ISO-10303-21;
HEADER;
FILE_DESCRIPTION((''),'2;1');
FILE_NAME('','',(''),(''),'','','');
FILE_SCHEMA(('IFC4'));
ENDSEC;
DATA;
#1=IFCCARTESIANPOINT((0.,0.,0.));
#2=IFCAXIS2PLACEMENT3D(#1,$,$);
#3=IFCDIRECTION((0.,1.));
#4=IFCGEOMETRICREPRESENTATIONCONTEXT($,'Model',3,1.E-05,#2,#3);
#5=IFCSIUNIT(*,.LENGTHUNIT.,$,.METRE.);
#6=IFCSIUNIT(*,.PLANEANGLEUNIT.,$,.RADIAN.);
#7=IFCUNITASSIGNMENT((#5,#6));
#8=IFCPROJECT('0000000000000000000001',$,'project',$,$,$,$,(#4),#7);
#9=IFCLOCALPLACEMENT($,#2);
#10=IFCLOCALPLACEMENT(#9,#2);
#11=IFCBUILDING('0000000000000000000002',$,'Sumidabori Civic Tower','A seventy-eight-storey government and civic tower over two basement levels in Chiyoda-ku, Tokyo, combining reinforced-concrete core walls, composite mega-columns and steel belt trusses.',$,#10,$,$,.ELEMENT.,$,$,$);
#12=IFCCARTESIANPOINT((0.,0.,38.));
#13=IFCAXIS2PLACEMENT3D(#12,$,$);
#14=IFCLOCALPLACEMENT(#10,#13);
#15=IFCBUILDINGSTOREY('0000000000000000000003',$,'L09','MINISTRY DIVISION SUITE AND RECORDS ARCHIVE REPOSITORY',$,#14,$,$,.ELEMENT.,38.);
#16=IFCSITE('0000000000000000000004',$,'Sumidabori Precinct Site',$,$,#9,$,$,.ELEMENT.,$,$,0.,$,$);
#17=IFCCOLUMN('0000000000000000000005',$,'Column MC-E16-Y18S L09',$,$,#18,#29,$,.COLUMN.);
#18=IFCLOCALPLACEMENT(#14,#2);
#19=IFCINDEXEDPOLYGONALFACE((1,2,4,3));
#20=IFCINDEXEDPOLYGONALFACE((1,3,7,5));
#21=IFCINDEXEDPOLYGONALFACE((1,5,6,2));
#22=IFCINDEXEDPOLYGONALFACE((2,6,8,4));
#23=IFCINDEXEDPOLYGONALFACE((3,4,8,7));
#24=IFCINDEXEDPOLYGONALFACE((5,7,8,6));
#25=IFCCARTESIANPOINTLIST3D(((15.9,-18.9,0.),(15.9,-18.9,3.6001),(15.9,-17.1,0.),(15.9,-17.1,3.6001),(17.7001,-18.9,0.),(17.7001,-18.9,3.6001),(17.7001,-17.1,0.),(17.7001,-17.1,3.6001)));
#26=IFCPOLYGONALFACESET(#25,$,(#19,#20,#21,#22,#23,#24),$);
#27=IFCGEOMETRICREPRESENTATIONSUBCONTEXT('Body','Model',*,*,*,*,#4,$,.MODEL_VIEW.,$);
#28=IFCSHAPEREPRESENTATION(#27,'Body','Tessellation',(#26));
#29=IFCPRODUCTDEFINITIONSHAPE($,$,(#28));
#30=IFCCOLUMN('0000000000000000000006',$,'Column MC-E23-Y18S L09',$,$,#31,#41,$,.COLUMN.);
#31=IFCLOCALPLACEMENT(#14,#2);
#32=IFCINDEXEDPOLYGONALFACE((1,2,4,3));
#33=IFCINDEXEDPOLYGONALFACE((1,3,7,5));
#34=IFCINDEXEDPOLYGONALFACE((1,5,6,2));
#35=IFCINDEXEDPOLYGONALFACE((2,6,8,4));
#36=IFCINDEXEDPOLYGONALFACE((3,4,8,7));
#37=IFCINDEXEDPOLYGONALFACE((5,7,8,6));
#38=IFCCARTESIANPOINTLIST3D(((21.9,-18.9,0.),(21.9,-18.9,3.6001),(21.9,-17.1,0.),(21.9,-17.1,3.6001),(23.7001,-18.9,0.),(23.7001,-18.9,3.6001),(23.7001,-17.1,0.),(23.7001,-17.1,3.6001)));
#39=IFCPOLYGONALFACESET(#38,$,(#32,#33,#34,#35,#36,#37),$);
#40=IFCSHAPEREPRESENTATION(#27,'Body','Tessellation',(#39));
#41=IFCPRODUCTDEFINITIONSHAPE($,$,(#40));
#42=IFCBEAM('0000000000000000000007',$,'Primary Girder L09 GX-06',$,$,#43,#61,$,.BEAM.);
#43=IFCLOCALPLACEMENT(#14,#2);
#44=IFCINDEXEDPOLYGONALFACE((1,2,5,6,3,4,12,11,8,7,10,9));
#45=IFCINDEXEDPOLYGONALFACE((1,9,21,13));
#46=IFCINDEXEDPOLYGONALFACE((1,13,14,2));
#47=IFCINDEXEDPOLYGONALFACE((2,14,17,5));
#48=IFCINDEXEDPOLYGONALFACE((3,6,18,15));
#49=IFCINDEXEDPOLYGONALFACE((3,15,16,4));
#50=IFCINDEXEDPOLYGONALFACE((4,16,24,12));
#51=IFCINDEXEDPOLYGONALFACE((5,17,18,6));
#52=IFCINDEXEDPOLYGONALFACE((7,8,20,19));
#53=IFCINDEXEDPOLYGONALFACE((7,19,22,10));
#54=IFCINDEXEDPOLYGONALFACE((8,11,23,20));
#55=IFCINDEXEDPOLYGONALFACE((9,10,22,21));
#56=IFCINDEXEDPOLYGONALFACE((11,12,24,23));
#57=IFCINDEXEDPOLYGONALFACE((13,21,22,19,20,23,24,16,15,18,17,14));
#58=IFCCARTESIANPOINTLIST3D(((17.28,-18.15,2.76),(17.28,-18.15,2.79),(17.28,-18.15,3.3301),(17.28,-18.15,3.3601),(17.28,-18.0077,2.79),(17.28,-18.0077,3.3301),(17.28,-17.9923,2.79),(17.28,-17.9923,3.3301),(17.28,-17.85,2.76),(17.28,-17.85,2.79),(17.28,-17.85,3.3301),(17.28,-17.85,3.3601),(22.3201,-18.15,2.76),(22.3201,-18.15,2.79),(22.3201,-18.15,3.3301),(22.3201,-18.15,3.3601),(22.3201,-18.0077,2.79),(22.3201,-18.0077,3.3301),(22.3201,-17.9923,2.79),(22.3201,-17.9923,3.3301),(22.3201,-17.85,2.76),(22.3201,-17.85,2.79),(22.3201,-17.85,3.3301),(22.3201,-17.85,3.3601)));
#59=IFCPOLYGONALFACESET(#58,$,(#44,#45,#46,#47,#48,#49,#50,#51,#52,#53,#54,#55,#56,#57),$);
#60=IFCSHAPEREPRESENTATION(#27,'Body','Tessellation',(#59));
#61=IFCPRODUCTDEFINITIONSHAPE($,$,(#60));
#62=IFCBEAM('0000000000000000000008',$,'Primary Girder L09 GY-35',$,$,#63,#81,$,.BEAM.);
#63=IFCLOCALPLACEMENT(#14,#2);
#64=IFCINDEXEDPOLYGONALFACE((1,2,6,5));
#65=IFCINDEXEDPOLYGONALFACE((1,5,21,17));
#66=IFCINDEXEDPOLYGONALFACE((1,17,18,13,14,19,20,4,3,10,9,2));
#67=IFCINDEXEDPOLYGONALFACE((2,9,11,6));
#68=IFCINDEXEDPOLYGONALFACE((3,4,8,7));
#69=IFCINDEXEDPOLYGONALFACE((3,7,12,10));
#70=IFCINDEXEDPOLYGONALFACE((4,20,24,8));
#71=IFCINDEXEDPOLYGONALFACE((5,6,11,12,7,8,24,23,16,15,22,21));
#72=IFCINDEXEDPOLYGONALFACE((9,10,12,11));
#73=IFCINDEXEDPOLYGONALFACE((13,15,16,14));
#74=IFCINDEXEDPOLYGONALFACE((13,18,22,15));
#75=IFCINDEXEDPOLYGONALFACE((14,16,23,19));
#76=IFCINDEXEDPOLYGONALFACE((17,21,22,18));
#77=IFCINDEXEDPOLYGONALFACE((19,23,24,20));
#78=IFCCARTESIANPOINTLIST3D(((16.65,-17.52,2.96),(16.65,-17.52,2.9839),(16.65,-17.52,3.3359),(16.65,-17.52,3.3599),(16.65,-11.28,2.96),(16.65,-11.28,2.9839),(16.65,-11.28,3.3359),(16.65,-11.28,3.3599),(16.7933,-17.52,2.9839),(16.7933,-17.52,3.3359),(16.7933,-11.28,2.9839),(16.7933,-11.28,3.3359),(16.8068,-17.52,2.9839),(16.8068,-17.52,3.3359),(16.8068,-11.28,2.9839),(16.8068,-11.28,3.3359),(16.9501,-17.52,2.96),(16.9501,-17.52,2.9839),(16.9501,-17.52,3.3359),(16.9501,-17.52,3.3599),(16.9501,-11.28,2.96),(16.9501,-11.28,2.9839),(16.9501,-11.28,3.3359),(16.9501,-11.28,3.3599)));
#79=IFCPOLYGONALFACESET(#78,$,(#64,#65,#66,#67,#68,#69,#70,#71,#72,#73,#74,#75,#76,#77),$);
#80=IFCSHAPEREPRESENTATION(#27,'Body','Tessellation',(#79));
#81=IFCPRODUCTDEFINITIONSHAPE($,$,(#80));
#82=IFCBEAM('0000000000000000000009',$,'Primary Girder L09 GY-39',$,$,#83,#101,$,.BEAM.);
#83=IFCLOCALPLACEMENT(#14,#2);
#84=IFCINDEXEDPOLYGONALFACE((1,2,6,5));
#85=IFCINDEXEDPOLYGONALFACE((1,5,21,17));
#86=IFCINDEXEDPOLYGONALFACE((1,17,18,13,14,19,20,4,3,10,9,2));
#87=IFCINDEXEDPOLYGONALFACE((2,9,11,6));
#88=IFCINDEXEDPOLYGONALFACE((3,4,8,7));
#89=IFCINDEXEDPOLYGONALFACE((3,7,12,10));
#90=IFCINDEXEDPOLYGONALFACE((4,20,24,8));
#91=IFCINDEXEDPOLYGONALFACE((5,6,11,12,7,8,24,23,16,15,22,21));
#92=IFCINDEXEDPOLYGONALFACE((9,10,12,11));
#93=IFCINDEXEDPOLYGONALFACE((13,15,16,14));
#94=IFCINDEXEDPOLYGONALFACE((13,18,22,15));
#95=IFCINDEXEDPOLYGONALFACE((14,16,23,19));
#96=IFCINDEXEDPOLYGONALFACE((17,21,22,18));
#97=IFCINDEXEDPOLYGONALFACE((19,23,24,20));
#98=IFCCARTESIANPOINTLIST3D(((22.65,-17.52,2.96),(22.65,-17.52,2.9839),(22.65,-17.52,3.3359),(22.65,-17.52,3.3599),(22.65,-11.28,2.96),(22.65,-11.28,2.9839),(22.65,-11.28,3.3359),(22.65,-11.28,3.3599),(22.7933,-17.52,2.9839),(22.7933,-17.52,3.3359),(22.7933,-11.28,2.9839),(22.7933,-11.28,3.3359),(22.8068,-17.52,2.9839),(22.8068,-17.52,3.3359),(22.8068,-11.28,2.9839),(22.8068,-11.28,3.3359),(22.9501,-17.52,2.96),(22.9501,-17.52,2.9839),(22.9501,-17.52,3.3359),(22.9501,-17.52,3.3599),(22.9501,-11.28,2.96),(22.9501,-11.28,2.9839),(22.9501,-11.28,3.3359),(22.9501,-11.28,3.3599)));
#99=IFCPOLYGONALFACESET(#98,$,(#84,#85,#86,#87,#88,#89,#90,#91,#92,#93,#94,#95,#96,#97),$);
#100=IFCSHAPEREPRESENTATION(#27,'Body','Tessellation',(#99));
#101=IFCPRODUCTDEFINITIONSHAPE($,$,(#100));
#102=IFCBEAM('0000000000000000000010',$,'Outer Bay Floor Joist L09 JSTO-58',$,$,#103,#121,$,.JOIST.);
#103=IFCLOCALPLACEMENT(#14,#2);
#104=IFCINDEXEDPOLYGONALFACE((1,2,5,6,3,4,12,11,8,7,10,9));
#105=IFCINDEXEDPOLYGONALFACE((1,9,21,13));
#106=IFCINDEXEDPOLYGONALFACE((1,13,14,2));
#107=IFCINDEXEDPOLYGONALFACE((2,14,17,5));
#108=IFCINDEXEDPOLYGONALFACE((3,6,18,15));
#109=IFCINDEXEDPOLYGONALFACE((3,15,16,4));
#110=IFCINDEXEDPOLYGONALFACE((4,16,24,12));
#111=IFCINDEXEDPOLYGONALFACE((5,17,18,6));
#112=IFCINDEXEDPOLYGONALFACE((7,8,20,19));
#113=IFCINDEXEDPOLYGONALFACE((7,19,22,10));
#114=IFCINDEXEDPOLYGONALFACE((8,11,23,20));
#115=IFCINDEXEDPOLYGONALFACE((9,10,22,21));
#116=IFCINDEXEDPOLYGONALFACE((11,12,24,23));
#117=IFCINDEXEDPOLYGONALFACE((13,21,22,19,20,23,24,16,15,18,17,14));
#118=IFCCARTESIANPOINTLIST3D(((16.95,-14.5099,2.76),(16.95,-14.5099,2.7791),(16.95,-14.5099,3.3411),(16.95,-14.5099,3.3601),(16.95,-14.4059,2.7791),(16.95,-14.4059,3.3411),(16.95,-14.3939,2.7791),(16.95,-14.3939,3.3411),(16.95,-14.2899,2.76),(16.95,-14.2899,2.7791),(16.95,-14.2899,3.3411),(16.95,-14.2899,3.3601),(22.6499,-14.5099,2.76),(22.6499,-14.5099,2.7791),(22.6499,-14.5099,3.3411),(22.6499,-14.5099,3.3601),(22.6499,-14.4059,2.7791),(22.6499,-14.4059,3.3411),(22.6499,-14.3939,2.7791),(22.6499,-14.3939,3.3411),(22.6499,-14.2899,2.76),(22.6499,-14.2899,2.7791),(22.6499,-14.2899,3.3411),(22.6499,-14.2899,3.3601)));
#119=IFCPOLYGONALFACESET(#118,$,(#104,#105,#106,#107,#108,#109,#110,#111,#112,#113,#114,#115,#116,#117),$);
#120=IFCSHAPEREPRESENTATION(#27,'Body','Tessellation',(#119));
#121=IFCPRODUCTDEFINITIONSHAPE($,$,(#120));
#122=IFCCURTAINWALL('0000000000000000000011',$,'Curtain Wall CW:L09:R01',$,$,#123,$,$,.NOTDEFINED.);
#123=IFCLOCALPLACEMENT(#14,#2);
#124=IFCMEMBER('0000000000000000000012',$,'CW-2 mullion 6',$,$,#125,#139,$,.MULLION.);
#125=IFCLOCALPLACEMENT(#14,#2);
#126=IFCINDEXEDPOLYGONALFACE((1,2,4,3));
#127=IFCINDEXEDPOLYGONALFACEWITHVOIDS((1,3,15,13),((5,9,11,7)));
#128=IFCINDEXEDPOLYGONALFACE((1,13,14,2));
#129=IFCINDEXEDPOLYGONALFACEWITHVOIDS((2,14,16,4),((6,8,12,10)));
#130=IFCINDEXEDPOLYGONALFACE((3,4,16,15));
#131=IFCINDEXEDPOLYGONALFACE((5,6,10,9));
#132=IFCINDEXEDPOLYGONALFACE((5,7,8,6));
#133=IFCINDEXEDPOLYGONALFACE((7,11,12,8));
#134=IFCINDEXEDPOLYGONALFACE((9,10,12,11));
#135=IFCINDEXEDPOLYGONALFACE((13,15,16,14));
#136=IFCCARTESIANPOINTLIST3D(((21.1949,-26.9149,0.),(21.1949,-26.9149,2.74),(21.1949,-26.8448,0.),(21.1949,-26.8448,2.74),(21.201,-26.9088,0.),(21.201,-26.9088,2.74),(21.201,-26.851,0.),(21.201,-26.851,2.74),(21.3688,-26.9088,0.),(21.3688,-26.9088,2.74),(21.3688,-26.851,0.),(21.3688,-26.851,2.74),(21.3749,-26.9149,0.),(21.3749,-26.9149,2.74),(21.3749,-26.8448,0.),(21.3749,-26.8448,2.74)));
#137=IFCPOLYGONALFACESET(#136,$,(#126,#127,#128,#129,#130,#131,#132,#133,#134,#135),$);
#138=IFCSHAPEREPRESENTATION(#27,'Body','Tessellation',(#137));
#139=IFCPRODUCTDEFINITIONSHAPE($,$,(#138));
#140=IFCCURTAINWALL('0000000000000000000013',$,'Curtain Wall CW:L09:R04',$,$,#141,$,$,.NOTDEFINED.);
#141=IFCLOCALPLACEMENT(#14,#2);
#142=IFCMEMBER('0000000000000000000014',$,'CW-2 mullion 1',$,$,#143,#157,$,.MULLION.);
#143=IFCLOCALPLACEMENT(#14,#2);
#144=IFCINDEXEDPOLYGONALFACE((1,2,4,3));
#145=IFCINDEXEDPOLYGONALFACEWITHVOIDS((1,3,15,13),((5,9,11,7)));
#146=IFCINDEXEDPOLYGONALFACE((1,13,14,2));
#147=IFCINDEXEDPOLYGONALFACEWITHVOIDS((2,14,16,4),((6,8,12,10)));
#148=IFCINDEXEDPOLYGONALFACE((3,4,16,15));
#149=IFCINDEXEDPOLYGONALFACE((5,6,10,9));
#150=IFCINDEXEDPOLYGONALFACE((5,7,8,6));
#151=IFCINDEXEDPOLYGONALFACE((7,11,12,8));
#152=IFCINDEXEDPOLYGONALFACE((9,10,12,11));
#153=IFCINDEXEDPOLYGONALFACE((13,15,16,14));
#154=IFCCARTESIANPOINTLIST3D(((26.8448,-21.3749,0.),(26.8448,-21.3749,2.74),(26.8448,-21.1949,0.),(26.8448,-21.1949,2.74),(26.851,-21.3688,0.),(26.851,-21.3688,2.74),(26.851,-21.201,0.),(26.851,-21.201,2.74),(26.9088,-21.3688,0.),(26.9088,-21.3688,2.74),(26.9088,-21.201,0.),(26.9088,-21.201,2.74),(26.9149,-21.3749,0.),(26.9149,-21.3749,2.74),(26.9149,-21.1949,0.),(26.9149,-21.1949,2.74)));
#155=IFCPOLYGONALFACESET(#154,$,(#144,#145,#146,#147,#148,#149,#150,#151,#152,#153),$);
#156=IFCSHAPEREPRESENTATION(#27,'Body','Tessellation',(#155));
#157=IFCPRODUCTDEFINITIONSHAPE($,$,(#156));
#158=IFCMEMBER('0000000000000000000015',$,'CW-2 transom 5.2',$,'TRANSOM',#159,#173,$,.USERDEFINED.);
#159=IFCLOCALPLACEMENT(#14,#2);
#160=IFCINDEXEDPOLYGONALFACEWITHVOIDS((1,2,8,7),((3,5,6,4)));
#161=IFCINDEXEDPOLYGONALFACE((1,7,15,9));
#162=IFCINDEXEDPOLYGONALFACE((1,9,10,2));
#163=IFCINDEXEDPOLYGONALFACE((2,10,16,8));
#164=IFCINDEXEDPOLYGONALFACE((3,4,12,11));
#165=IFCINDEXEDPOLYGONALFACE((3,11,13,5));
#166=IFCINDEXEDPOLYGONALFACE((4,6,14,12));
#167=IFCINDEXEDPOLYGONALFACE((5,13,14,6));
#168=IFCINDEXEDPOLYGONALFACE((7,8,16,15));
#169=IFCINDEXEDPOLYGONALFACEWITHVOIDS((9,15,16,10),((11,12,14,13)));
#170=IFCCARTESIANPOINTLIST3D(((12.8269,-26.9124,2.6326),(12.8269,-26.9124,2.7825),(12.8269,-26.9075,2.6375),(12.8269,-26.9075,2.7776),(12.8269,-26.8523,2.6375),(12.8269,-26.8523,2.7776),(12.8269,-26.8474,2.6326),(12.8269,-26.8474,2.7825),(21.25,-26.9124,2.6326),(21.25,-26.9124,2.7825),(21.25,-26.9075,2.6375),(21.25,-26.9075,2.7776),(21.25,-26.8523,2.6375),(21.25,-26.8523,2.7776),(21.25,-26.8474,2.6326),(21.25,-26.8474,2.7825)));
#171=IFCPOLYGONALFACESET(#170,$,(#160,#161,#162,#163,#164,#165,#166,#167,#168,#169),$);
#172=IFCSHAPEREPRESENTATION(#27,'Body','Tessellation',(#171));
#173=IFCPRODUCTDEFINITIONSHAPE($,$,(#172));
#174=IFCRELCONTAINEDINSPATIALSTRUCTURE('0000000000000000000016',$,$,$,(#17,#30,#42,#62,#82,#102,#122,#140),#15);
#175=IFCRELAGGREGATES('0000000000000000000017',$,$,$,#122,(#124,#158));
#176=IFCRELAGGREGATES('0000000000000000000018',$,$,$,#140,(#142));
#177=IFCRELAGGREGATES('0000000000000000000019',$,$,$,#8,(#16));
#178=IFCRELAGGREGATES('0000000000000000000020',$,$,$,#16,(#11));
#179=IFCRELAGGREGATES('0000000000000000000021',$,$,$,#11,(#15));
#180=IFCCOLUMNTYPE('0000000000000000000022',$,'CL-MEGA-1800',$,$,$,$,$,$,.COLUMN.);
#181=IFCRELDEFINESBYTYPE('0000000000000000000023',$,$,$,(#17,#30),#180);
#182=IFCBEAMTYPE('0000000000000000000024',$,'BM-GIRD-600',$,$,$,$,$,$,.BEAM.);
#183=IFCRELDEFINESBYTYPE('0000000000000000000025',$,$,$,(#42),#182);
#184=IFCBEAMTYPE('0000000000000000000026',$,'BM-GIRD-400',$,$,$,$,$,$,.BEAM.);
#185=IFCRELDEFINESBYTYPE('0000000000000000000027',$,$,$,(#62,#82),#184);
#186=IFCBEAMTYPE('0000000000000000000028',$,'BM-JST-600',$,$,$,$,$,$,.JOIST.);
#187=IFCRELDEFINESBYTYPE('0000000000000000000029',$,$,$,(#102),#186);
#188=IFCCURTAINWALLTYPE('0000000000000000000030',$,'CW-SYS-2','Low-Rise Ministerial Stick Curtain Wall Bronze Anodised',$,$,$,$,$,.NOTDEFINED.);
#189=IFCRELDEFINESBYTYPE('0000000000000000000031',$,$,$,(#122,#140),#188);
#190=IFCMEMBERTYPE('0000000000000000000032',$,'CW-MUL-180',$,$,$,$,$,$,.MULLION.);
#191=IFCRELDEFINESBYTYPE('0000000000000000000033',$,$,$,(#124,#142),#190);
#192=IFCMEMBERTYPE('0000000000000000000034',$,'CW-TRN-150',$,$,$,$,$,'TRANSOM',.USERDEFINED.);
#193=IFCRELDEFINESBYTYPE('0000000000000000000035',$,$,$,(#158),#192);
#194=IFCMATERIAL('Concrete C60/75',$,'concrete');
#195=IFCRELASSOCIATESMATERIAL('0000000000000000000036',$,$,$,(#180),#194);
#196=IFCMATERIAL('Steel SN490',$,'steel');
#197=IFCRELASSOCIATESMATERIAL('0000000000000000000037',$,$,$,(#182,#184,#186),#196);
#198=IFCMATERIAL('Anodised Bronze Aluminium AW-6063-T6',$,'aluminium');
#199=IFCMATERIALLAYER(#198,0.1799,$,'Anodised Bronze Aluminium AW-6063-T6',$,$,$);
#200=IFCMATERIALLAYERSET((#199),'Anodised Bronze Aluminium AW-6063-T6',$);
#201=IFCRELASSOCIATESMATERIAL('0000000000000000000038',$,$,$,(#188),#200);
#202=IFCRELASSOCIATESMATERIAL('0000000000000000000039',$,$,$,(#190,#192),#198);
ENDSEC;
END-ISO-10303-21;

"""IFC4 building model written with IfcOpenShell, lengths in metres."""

from ifc_helpers import new_model, si_unit, direction, frame, origin, origin_2d, place, context, subcontext, project, spatial, rectangle, hollow_rectangle, i_section, extrude, source, transform, mapped, material, layer, layer_set, material_profile, profile_set, type_object, element, aggregate, save


model = new_model("IFC4")

# Units and contexts
model_context = context("Model", 3, precision=1e-05, world=origin(), true_north=direction((0.0, 1.0)))
body_context = subcontext(model_context, "Body", "Model", "MODEL_VIEW")
ifc_project = project(units=[si_unit("LENGTHUNIT", "METRE"), si_unit("PLANEANGLEUNIT", "RADIAN")], contexts=[model_context])

# Site, building, storey
site_placement = place(None, origin())
site = spatial("IfcSite", under=ifc_project, at=site_placement, Name="Sumidabori Precinct Site", CompositionType="ELEMENT", RefElevation=0.0)
building_placement = place(site_placement, origin())
building = spatial("IfcBuilding", under=site, at=building_placement, Name="Sumidabori Civic Tower", Description="A seventy-eight-storey government and civic tower over two basement levels in Chiyoda-ku, Tokyo, combining reinforced-concrete core walls, composite mega-columns and steel belt trusses.", CompositionType="ELEMENT")
storey_placement = place(building_placement, frame((0.0, 0.0, 38.0)))
storey = spatial("IfcBuildingStorey", under=building, at=storey_placement, Name="L09", Description="MINISTRY DIVISION SUITE AND RECORDS ARCHIVE REPOSITORY", CompositionType="ELEMENT", Elevation=38.0)

# Columns
ifc_material_1 = material(Name="Concrete C60/75", Category="concrete")
ifc_material_profile_1 = material_profile(ifc_material_1, rectangle(XDim=1.8, YDim=1.8, at=origin_2d()), Name="RC 1800x1800")
ifc_profile_set_1 = profile_set([ifc_material_profile_1], Name="Concrete C60/75")
column_type = type_object("IfcColumnType", Name="CL-MEGA-1800", PredefinedType="COLUMN", material=ifc_profile_set_1)
shared_shape_1 = source(origin(), body_context, "Body", "SweptSolid", [
    extrude(rectangle(XDim=1.8, YDim=1.8, at=origin_2d()), origin(), (0.0, 0.0, 1.0), 3.6001),
])
for number, where, z_axis, x_axis, name in (
    (1, (16.8, -18.0, 0.0), (0.0, 0.0, 1.0), (1.0, 0.0, 0.0), "Column MC-E16-Y18S L09"),
    (2, (22.8, -18.0, 0.0), (0.0, 0.0, 1.0), (1.0, 0.0, 0.0), "Column MC-E23-Y18S L09"),
):
    element("IfcColumn", number, at=place(storey_placement, frame(where, z_axis=z_axis, x_axis=x_axis)), inside=storey, type_object=column_type, Name=name, PredefinedType="COLUMN", context=body_context, shape_type="MappedRepresentation", body=[
        mapped(shared_shape_1, transform((0.0, 0.0, 0.0), x_axis=(1.0, 0.0, 0.0), y_axis=(0.0, 1.0, 0.0), z_axis=(0.0, 0.0, 1.0), scale=1.0)),
    ])

# Beams
ifc_material_2 = material(Name="Steel SN490", Category="steel")
ifc_material_profile_2 = material_profile(ifc_material_2, i_section(OverallWidth=0.3, OverallDepth=0.6001, WebThickness=0.0154, FlangeThickness=0.03, at=origin_2d()), Name="HE 600 B")
ifc_profile_set_2 = profile_set([ifc_material_profile_2], Name="Steel SN490")
beam_type_1 = type_object("IfcBeamType", Name="BM-GIRD-600", PredefinedType="BEAM", material=ifc_profile_set_2)
shared_shape_2 = source(origin(), body_context, "Body", "SweptSolid", [
    extrude(i_section(OverallWidth=0.3, OverallDepth=0.6001, WebThickness=0.0154, FlangeThickness=0.03, at=origin_2d()), origin(), (0.0, 0.0, 1.0), 5.04),
])
beam_1_placement = place(storey_placement, frame((17.28, -18.0, 3.0601), z_axis=(1.0, 0.0, 0.0), x_axis=(0.0, 1.0, 0.0)))
element("IfcBeam", 3, at=beam_1_placement, inside=storey, type_object=beam_type_1, Name="Primary Girder L09 GX-06", PredefinedType="BEAM", context=body_context, shape_type="MappedRepresentation", body=[
    mapped(shared_shape_2, transform((0.0, 0.0, 0.0), x_axis=(1.0, 0.0, 0.0), y_axis=(0.0, 1.0, 0.0), z_axis=(0.0, 0.0, 1.0), scale=1.0)),
])
ifc_material_profile_3 = material_profile(ifc_material_2, i_section(OverallWidth=0.3, OverallDepth=0.3999, WebThickness=0.0134, FlangeThickness=0.0239, at=origin_2d()), Name="HE 400 B")
ifc_profile_set_3 = profile_set([ifc_material_profile_3], Name="Steel SN490")
beam_type_2 = type_object("IfcBeamType", Name="BM-GIRD-400", PredefinedType="BEAM", material=ifc_profile_set_3)
shared_shape_3 = source(origin(), body_context, "Body", "SweptSolid", [
    extrude(i_section(OverallWidth=0.3, OverallDepth=0.3999, WebThickness=0.0134, FlangeThickness=0.0239, at=origin_2d()), origin(), (0.0, 0.0, 1.0), 6.24),
])
for number, where, z_axis, x_axis, name in (
    (4, (16.8, -17.52, 3.1599), (0.0, 1.0, 0.0), (-1.0, 0.0, 0.0), "Primary Girder L09 GY-35"),
    (5, (22.8, -17.52, 3.1599), (0.0, 1.0, 0.0), (-1.0, 0.0, 0.0), "Primary Girder L09 GY-39"),
):
    element("IfcBeam", number, at=place(storey_placement, frame(where, z_axis=z_axis, x_axis=x_axis)), inside=storey, type_object=beam_type_2, Name=name, PredefinedType="BEAM", context=body_context, shape_type="MappedRepresentation", body=[
        mapped(shared_shape_3, transform((0.0, 0.0, 0.0), x_axis=(1.0, 0.0, 0.0), y_axis=(0.0, 1.0, 0.0), z_axis=(0.0, 0.0, 1.0), scale=1.0)),
    ])
ifc_material_profile_4 = material_profile(ifc_material_2, i_section(OverallWidth=0.22, OverallDepth=0.6001, WebThickness=0.012, FlangeThickness=0.019, at=origin_2d()), Name="IPE 600")
ifc_profile_set_4 = profile_set([ifc_material_profile_4], Name="Steel SN490")
beam_type_3 = type_object("IfcBeamType", Name="BM-JST-600", PredefinedType="JOIST", material=ifc_profile_set_4)
shared_shape_4 = source(origin(), body_context, "Body", "SweptSolid", [
    extrude(i_section(OverallWidth=0.22, OverallDepth=0.6001, WebThickness=0.012, FlangeThickness=0.019, at=origin_2d()), origin(), (0.0, 0.0, 1.0), 5.7),
])
beam_2_placement = place(storey_placement, frame((16.95, -14.3999, 3.0601), z_axis=(1.0, 0.0, 0.0), x_axis=(0.0, 1.0, 0.0)))
element("IfcBeam", 6, at=beam_2_placement, inside=storey, type_object=beam_type_3, Name="Outer Bay Floor Joist L09 JSTO-58", PredefinedType="JOIST", context=body_context, shape_type="MappedRepresentation", body=[
    mapped(shared_shape_4, transform((0.0, 0.0, 0.0), x_axis=(1.0, 0.0, 0.0), y_axis=(0.0, 1.0, 0.0), z_axis=(0.0, 0.0, 1.0), scale=1.0)),
])

# Curtain walls, members
ifc_material_3 = material(Name="Anodised Bronze Aluminium AW-6063-T6", Category="aluminium")
ifc_layer_1 = layer(ifc_material_3, 0.1799, Name="Anodised Bronze Aluminium AW-6063-T6")
ifc_layer_set_1 = layer_set([ifc_layer_1], Name="Anodised Bronze Aluminium AW-6063-T6")
curtain_wall_type = type_object("IfcCurtainWallType", Name="CW-SYS-2", Description="Low-Rise Ministerial Stick Curtain Wall Bronze Anodised", PredefinedType="NOTDEFINED", material=ifc_layer_set_1)
curtain_wall_1_placement = place(storey_placement, origin())
curtain_wall_1 = element("IfcCurtainWall", 7, at=curtain_wall_1_placement, inside=storey, type_object=curtain_wall_type, Name="Curtain Wall CW:L09:R01", PredefinedType="NOTDEFINED")
ifc_material_profile_5 = material_profile(ifc_material_3, hollow_rectangle(XDim=0.0701, YDim=0.1799, WallThickness=0.0061, at=origin_2d()), Name="ALU MULLION 180x70")
ifc_profile_set_5 = profile_set([ifc_material_profile_5], Name="Anodised Bronze Aluminium AW-6063-T6")
member_type_1 = type_object("IfcMemberType", Name="CW-MUL-180", PredefinedType="MULLION", material=ifc_profile_set_5)
shared_shape_5 = source(origin(), body_context, "Body", "SweptSolid", [
    extrude(hollow_rectangle(XDim=0.0701, YDim=0.1799, WallThickness=0.0061, at=origin_2d()), origin(), (0.0, 0.0, 1.0), 2.74),
])
member_1_placement = place(storey_placement, frame((21.2849, -26.8799, 0.0), z_axis=(0.0, 0.0, 1.0), x_axis=(0.0, 1.0, 0.0)))
member_1 = element("IfcMember", 8, at=member_1_placement, type_object=member_type_1, Name="CW-2 mullion 6", PredefinedType="MULLION", context=body_context, shape_type="MappedRepresentation", body=[
    mapped(shared_shape_5, transform((0.0, 0.0, 0.0), x_axis=(1.0, 0.0, 0.0), y_axis=(0.0, 1.0, 0.0), z_axis=(0.0, 0.0, 1.0), scale=1.0)),
])
curtain_wall_2_placement = place(storey_placement, origin())
curtain_wall_2 = element("IfcCurtainWall", 9, at=curtain_wall_2_placement, inside=storey, type_object=curtain_wall_type, Name="Curtain Wall CW:L09:R04", PredefinedType="NOTDEFINED")
member_2_placement = place(storey_placement, frame((26.8799, -21.2849, 0.0), z_axis=(0.0, 0.0, 1.0), x_axis=(-1.0, 0.0, 0.0)))
member_2 = element("IfcMember", 10, at=member_2_placement, type_object=member_type_1, Name="CW-2 mullion 1", PredefinedType="MULLION", context=body_context, shape_type="MappedRepresentation", body=[
    mapped(shared_shape_5, transform((0.0, 0.0, 0.0), x_axis=(1.0, 0.0, 0.0), y_axis=(0.0, 1.0, 0.0), z_axis=(0.0, 0.0, 1.0), scale=1.0)),
])

# Member
ifc_material_profile_6 = material_profile(ifc_material_3, hollow_rectangle(XDim=0.0649, YDim=0.1499, WallThickness=0.0049, at=origin_2d()), Name="ALU TRANSOM 150x65")
ifc_profile_set_6 = profile_set([ifc_material_profile_6], Name="Anodised Bronze Aluminium AW-6063-T6")
member_type_2 = type_object("IfcMemberType", Name="CW-TRN-150", ElementType="TRANSOM", PredefinedType="USERDEFINED", material=ifc_profile_set_6)
shared_shape_6 = source(origin(), body_context, "Body", "SweptSolid", [
    extrude(hollow_rectangle(XDim=0.0649, YDim=0.1499, WallThickness=0.0049, at=origin_2d()), origin(), (0.0, 0.0, 1.0), 8.4231),
])
member_3_placement = place(storey_placement, frame((12.8269, -26.8799, 2.7075), z_axis=(1.0, 0.0, 0.0), x_axis=(0.0, 1.0, 0.0)))
member_3 = element("IfcMember", 11, at=member_3_placement, type_object=member_type_2, Name="CW-2 transom 5.2", ObjectType="TRANSOM", PredefinedType="USERDEFINED", context=body_context, shape_type="MappedRepresentation", body=[
    mapped(shared_shape_6, transform((0.0, 0.0, 0.0), x_axis=(1.0, 0.0, 0.0), y_axis=(0.0, 1.0, 0.0), z_axis=(0.0, 0.0, 1.0), scale=1.0)),
])

aggregate(curtain_wall_1, [member_1, member_3])
aggregate(curtain_wall_2, [member_2])

save(model, "model.ifc")
